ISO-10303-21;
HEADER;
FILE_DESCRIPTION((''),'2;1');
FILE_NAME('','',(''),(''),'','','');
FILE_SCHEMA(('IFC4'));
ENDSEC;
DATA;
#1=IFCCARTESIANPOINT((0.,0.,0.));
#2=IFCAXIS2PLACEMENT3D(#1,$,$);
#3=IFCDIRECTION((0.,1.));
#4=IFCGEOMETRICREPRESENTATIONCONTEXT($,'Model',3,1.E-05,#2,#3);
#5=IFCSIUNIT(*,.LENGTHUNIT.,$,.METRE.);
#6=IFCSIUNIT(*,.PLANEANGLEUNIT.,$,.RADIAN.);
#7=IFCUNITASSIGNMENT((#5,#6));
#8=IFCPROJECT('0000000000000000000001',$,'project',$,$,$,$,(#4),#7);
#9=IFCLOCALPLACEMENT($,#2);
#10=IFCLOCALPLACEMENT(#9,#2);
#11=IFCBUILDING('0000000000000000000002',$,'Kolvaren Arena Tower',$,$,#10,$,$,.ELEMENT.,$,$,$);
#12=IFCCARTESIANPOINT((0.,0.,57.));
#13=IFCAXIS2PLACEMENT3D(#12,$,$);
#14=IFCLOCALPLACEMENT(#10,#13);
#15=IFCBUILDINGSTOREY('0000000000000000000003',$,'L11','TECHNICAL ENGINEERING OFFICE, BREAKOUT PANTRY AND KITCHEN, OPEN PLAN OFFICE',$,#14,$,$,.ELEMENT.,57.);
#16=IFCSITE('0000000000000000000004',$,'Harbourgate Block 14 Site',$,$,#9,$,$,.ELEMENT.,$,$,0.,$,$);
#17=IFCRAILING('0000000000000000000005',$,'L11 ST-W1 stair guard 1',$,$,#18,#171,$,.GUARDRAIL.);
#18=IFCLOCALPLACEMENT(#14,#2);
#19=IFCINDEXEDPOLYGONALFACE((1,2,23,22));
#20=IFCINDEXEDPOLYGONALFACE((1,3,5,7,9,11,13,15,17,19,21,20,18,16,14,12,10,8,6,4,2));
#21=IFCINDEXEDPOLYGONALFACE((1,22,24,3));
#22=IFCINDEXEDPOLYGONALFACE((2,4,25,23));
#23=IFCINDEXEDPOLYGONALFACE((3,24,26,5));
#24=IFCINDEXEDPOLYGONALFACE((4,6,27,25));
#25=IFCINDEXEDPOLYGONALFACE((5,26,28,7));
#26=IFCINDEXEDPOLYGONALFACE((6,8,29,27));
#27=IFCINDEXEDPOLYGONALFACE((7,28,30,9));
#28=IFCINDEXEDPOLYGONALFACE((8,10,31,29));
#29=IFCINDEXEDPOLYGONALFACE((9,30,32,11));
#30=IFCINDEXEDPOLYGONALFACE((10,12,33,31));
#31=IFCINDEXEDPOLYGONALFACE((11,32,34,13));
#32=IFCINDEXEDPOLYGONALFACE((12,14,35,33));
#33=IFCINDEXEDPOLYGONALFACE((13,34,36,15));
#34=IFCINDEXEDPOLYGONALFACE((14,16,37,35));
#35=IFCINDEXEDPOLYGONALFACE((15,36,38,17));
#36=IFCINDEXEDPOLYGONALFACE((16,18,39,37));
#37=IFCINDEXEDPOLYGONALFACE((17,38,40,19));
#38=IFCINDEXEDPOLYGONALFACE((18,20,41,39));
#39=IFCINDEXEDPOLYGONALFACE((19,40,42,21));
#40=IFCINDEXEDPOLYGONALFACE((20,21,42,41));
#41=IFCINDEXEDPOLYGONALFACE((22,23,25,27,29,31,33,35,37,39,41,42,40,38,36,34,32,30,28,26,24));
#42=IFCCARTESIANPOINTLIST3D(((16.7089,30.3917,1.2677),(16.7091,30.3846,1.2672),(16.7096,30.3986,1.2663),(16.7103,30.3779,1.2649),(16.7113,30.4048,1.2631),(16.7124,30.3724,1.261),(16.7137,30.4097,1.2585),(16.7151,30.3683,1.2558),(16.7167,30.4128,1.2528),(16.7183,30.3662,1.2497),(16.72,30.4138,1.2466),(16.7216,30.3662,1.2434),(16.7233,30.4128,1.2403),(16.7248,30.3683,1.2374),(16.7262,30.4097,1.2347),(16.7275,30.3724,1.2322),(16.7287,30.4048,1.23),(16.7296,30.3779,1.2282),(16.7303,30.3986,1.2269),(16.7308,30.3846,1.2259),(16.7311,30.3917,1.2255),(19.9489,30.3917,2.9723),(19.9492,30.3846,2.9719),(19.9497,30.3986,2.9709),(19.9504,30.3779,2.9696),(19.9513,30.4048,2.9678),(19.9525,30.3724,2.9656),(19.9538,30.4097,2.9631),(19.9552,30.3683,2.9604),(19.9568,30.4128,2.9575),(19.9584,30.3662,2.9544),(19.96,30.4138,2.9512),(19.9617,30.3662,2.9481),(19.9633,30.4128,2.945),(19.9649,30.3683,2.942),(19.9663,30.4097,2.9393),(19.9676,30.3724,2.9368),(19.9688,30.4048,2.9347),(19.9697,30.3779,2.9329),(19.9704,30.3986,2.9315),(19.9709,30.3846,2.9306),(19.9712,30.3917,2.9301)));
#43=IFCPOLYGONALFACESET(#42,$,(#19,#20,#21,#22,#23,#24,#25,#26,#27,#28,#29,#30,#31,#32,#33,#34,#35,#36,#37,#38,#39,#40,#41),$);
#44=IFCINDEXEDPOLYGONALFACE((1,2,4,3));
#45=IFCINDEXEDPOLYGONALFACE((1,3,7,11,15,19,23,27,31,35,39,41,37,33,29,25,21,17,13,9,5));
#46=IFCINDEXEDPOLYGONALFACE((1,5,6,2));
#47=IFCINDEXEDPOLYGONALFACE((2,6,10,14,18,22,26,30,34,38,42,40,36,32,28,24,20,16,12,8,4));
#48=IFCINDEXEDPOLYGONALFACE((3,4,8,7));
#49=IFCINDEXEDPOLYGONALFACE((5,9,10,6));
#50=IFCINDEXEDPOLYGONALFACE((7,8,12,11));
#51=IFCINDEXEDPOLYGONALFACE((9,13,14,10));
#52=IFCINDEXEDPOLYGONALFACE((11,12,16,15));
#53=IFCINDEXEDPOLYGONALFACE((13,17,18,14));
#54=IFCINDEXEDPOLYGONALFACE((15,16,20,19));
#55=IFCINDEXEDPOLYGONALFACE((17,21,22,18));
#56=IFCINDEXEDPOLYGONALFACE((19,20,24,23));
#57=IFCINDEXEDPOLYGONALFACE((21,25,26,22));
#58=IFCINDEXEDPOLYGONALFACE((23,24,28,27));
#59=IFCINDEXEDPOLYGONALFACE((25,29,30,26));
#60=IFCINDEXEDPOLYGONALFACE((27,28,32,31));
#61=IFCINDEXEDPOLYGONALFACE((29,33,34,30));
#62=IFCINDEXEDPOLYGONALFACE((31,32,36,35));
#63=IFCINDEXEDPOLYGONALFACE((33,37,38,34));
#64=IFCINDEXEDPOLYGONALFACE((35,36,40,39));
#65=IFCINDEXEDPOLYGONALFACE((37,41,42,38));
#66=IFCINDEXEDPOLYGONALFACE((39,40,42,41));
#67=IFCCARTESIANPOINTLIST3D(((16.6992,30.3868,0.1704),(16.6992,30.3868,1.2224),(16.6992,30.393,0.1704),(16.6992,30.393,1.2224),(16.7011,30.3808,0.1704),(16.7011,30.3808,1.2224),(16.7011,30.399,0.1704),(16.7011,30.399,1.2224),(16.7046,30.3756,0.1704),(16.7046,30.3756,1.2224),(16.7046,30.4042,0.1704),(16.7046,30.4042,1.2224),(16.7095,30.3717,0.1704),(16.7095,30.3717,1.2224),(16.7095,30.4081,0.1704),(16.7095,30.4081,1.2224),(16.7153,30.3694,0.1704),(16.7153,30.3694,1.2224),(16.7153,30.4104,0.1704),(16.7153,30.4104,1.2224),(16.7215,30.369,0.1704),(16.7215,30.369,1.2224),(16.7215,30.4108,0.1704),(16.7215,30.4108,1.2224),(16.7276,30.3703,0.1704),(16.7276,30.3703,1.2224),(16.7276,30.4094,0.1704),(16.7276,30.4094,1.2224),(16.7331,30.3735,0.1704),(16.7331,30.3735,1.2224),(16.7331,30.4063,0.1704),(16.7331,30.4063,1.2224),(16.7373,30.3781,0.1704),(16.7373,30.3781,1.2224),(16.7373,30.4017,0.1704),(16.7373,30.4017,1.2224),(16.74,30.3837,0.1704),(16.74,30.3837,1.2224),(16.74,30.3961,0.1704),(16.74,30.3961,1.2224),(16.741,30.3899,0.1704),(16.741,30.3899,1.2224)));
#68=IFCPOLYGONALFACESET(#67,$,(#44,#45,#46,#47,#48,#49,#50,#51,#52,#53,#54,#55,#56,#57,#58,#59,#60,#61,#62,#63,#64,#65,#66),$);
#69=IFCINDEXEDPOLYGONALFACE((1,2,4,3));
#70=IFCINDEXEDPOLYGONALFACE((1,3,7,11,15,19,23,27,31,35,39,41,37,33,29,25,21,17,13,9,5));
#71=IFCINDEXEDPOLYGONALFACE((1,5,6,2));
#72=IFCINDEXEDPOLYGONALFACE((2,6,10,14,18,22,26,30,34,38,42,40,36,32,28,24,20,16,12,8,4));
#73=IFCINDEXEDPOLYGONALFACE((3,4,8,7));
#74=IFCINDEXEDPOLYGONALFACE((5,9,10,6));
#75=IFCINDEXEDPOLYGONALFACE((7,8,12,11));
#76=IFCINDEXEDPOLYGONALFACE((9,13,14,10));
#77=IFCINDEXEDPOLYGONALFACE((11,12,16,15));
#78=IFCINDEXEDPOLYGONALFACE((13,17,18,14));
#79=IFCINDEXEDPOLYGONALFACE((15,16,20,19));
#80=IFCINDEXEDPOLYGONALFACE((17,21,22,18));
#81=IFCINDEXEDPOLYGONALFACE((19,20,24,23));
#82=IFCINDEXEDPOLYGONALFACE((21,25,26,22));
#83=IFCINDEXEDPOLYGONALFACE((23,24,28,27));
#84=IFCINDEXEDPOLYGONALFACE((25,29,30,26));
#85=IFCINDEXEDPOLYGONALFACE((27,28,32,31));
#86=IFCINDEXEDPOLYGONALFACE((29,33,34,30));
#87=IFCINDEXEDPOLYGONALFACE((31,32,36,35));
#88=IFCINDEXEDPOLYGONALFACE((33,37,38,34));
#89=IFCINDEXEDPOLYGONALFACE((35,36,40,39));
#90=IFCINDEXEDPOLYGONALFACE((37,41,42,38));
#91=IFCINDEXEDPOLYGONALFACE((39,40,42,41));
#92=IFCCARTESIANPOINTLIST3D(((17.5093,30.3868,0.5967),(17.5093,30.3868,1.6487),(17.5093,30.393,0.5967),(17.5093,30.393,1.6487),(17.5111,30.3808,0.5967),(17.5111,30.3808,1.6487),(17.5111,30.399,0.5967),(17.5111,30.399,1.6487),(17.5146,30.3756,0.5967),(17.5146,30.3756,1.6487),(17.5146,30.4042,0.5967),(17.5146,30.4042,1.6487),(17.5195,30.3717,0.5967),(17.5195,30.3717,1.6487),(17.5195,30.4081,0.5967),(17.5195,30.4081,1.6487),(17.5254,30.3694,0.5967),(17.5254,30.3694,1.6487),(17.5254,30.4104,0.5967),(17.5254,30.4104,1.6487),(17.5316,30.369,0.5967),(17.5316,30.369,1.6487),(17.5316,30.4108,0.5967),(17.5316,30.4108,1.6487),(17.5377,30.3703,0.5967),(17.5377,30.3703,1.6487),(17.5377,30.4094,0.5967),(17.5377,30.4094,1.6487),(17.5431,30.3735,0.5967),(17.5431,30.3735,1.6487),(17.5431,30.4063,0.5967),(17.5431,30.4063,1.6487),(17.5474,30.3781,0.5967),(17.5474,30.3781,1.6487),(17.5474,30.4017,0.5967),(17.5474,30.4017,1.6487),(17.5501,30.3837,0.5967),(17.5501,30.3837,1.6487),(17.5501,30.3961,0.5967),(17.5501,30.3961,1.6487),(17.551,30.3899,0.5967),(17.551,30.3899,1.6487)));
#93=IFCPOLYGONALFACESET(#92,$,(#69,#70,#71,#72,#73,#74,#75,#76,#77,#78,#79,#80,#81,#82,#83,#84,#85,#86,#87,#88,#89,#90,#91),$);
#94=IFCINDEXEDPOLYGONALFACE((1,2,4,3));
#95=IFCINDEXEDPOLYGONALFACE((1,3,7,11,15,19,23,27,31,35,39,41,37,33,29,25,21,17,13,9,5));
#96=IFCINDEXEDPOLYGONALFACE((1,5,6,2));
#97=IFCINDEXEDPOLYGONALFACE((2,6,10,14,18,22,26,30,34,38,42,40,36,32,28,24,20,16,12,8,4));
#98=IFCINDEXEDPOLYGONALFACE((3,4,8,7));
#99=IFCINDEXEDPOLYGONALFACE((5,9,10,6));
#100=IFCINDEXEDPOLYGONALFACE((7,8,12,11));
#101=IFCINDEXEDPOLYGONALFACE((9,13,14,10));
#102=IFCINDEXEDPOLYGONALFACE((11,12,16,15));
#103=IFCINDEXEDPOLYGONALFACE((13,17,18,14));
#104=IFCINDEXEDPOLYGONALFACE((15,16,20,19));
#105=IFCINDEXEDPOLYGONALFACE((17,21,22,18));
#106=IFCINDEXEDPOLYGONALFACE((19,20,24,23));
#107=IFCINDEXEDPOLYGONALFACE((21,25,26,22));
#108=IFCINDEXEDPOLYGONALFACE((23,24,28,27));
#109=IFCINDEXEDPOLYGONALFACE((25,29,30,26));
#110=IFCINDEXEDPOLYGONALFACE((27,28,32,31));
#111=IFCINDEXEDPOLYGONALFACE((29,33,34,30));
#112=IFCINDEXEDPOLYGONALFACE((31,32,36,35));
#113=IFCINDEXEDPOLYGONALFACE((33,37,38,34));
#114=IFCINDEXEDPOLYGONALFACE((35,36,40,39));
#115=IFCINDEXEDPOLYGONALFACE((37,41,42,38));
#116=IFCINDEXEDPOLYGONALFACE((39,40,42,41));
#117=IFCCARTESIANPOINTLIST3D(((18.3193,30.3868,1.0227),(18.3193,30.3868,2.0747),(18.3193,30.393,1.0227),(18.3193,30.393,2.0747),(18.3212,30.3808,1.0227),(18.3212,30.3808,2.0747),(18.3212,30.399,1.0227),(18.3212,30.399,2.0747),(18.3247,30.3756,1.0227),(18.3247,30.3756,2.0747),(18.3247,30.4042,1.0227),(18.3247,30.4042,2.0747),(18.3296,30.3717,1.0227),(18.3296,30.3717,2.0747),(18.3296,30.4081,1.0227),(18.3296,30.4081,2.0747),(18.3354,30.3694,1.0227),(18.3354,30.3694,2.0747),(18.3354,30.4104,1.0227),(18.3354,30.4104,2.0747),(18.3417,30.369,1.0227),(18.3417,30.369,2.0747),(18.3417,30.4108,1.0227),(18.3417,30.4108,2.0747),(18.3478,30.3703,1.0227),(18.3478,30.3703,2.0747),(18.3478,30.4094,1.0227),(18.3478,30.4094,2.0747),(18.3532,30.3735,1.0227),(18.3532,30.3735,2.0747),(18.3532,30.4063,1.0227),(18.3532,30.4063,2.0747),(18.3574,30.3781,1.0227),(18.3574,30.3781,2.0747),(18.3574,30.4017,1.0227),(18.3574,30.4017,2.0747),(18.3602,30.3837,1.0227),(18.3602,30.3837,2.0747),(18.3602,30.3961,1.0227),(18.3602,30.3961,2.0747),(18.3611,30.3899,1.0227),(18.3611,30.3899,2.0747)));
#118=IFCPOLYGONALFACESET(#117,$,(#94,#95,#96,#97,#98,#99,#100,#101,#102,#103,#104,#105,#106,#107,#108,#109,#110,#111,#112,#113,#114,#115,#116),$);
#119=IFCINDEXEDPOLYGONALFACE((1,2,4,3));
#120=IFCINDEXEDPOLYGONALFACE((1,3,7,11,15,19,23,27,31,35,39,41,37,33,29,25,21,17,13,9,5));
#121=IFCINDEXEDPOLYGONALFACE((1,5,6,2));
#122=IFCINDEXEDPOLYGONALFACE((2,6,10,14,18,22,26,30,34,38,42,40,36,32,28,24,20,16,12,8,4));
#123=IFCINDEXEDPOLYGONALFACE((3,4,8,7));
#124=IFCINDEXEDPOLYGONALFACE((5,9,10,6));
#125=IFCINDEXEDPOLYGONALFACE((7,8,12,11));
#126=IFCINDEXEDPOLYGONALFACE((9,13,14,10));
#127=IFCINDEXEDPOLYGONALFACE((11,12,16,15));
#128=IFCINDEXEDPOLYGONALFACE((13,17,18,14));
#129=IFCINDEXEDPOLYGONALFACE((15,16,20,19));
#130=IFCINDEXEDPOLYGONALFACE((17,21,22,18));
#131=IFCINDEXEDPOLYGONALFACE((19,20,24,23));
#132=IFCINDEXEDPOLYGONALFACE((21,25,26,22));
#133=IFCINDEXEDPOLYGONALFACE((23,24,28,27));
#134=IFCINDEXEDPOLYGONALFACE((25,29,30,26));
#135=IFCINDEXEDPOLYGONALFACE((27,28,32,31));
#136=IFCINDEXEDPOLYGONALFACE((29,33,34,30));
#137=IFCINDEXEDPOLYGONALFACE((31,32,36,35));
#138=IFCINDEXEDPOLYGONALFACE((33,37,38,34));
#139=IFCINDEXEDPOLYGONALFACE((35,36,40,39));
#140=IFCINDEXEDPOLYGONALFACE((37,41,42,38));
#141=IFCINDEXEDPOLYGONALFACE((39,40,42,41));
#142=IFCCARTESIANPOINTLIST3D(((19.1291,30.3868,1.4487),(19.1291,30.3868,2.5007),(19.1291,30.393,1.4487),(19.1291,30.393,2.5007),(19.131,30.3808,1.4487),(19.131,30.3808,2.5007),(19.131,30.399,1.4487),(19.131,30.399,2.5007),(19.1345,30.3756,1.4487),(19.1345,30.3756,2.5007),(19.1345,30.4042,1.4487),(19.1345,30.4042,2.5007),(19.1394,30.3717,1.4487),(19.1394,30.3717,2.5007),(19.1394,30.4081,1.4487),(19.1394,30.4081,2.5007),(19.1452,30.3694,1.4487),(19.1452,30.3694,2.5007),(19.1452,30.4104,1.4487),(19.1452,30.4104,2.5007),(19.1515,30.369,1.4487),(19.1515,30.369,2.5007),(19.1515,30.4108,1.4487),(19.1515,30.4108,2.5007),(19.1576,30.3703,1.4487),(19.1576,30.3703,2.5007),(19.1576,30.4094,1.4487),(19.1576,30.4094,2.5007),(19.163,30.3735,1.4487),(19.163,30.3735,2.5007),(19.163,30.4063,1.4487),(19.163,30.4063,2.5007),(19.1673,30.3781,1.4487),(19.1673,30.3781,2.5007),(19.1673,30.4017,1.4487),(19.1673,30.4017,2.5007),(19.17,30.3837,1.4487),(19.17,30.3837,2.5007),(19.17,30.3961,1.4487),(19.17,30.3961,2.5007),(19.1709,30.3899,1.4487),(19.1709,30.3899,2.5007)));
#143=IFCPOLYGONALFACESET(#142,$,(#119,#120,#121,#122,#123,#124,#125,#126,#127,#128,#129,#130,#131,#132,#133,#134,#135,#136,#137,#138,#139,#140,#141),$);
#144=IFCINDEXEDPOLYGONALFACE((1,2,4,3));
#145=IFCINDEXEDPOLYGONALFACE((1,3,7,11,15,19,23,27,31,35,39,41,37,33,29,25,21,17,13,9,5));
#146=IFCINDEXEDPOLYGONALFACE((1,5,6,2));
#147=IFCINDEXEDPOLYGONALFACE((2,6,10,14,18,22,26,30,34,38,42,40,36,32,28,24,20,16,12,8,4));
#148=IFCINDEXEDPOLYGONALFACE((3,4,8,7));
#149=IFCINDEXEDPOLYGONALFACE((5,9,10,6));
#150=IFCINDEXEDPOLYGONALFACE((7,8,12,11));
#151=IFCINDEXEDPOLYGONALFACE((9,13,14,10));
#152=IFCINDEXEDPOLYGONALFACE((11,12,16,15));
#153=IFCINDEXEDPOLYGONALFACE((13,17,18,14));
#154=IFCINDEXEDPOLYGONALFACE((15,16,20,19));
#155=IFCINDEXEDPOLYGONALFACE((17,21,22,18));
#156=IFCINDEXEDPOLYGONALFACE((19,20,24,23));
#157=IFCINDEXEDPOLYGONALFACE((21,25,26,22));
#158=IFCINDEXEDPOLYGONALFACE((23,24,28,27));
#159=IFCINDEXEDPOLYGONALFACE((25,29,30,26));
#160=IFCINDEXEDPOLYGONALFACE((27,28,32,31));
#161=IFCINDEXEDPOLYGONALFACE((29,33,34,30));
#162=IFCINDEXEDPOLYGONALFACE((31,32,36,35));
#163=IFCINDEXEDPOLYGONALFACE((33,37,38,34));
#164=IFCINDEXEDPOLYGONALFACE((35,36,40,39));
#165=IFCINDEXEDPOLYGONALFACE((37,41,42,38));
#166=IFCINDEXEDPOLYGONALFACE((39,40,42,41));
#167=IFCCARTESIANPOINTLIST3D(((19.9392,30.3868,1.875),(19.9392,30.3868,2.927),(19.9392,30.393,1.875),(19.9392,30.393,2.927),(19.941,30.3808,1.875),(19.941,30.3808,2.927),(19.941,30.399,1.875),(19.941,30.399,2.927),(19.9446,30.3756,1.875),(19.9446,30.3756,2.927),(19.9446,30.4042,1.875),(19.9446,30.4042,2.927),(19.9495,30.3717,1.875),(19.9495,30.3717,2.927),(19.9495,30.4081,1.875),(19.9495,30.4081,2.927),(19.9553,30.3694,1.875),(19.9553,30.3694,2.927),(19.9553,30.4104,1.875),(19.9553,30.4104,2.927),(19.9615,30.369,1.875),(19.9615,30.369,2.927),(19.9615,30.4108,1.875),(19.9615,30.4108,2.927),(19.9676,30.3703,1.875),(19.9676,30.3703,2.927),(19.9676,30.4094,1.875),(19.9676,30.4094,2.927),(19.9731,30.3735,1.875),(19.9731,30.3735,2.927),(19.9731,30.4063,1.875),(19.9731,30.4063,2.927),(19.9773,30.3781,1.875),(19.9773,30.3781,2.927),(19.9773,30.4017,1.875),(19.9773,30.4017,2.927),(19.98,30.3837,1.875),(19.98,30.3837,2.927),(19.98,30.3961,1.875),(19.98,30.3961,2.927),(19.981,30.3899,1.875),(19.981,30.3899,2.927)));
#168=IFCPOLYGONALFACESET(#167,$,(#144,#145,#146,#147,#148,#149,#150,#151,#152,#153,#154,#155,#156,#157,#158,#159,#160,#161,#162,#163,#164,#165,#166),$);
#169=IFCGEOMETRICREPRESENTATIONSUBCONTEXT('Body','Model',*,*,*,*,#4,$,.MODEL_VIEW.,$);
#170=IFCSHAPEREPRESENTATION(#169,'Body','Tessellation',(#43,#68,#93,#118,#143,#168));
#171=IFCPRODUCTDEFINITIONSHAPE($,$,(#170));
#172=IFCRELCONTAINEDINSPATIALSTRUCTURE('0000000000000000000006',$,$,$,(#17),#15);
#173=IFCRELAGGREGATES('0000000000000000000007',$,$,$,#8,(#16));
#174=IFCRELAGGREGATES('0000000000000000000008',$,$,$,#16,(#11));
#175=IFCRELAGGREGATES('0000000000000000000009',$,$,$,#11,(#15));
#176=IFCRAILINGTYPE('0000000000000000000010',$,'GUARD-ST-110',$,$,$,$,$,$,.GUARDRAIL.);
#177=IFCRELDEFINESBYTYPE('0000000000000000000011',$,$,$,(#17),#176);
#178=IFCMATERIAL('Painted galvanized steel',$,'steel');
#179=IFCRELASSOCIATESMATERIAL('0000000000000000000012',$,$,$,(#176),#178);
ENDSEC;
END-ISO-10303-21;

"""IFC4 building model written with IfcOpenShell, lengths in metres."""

from ifc_helpers import new_model, si_unit, direction, frame, origin, origin_2d, place, context, subcontext, project, spatial, circle, extrude, material, type_object, element, save


model = new_model("IFC4")

# Units and contexts
model_context = context("Model", 3, precision=1e-05, world=origin(), true_north=direction((0.0, 1.0)))
body_context = subcontext(model_context, "Body", "Model", "MODEL_VIEW")
ifc_project = project(units=[si_unit("LENGTHUNIT", "METRE"), si_unit("PLANEANGLEUNIT", "RADIAN")], contexts=[model_context])

# Site, building, storey
site_placement = place(None, origin())
site = spatial("IfcSite", under=ifc_project, at=site_placement, Name="Harbourgate Block 14 Site", CompositionType="ELEMENT", RefElevation=0.0)
building_placement = place(site_placement, origin())
building = spatial("IfcBuilding", under=site, at=building_placement, Name="Kolvaren Arena Tower", CompositionType="ELEMENT")
storey_placement = place(building_placement, frame((0.0, 0.0, 57.0)))
storey = spatial("IfcBuildingStorey", under=building, at=storey_placement, Name="L11", Description="TECHNICAL ENGINEERING OFFICE, BREAKOUT PANTRY AND KITCHEN, OPEN PLAN OFFICE", CompositionType="ELEMENT", Elevation=57.0)

# Railing
ifc_material_1 = material(Name="Painted galvanized steel", Category="steel")
railing_type = type_object("IfcRailingType", Name="GUARD-ST-110", PredefinedType="GUARDRAIL", material=ifc_material_1)
railing_1_placement = place(storey_placement, frame((16.72, 30.3899, 0.1704)))
element("IfcRailing", 1, at=railing_1_placement, inside=storey, type_object=railing_type, Name="L11 ST-W1 stair guard 1", PredefinedType="GUARDRAIL", context=body_context, shape_type="SweptSolid", body=[
    extrude(circle(Radius=0.0239, at=origin_2d()), frame((0.0, 0.0, 1.0762), z_axis=(0.884993, 0.0, 0.465604), x_axis=(0.0, 1.0, 0.0)), (0.0, 0.0, 1.0), 3.6611),
    extrude(circle(Radius=0.021, at=origin_2d()), origin(), (0.0, 0.0, 1.0), 1.052),
    extrude(circle(Radius=0.021, at=origin_2d()), frame((0.8101, 0.0, 0.4263)), (0.0, 0.0, 1.0), 1.052),
    extrude(circle(Radius=0.021, at=origin_2d()), frame((1.6201, 0.0, 0.8523)), (0.0, 0.0, 1.0), 1.052),
    extrude(circle(Radius=0.021, at=origin_2d()), frame((2.4299, 0.0, 1.2783)), (0.0, 0.0, 1.0), 1.052),
    extrude(circle(Radius=0.021, at=origin_2d()), frame((3.24, 0.0, 1.7046)), (0.0, 0.0, 1.0), 1.052),
])

save(model, "model.ifc")
